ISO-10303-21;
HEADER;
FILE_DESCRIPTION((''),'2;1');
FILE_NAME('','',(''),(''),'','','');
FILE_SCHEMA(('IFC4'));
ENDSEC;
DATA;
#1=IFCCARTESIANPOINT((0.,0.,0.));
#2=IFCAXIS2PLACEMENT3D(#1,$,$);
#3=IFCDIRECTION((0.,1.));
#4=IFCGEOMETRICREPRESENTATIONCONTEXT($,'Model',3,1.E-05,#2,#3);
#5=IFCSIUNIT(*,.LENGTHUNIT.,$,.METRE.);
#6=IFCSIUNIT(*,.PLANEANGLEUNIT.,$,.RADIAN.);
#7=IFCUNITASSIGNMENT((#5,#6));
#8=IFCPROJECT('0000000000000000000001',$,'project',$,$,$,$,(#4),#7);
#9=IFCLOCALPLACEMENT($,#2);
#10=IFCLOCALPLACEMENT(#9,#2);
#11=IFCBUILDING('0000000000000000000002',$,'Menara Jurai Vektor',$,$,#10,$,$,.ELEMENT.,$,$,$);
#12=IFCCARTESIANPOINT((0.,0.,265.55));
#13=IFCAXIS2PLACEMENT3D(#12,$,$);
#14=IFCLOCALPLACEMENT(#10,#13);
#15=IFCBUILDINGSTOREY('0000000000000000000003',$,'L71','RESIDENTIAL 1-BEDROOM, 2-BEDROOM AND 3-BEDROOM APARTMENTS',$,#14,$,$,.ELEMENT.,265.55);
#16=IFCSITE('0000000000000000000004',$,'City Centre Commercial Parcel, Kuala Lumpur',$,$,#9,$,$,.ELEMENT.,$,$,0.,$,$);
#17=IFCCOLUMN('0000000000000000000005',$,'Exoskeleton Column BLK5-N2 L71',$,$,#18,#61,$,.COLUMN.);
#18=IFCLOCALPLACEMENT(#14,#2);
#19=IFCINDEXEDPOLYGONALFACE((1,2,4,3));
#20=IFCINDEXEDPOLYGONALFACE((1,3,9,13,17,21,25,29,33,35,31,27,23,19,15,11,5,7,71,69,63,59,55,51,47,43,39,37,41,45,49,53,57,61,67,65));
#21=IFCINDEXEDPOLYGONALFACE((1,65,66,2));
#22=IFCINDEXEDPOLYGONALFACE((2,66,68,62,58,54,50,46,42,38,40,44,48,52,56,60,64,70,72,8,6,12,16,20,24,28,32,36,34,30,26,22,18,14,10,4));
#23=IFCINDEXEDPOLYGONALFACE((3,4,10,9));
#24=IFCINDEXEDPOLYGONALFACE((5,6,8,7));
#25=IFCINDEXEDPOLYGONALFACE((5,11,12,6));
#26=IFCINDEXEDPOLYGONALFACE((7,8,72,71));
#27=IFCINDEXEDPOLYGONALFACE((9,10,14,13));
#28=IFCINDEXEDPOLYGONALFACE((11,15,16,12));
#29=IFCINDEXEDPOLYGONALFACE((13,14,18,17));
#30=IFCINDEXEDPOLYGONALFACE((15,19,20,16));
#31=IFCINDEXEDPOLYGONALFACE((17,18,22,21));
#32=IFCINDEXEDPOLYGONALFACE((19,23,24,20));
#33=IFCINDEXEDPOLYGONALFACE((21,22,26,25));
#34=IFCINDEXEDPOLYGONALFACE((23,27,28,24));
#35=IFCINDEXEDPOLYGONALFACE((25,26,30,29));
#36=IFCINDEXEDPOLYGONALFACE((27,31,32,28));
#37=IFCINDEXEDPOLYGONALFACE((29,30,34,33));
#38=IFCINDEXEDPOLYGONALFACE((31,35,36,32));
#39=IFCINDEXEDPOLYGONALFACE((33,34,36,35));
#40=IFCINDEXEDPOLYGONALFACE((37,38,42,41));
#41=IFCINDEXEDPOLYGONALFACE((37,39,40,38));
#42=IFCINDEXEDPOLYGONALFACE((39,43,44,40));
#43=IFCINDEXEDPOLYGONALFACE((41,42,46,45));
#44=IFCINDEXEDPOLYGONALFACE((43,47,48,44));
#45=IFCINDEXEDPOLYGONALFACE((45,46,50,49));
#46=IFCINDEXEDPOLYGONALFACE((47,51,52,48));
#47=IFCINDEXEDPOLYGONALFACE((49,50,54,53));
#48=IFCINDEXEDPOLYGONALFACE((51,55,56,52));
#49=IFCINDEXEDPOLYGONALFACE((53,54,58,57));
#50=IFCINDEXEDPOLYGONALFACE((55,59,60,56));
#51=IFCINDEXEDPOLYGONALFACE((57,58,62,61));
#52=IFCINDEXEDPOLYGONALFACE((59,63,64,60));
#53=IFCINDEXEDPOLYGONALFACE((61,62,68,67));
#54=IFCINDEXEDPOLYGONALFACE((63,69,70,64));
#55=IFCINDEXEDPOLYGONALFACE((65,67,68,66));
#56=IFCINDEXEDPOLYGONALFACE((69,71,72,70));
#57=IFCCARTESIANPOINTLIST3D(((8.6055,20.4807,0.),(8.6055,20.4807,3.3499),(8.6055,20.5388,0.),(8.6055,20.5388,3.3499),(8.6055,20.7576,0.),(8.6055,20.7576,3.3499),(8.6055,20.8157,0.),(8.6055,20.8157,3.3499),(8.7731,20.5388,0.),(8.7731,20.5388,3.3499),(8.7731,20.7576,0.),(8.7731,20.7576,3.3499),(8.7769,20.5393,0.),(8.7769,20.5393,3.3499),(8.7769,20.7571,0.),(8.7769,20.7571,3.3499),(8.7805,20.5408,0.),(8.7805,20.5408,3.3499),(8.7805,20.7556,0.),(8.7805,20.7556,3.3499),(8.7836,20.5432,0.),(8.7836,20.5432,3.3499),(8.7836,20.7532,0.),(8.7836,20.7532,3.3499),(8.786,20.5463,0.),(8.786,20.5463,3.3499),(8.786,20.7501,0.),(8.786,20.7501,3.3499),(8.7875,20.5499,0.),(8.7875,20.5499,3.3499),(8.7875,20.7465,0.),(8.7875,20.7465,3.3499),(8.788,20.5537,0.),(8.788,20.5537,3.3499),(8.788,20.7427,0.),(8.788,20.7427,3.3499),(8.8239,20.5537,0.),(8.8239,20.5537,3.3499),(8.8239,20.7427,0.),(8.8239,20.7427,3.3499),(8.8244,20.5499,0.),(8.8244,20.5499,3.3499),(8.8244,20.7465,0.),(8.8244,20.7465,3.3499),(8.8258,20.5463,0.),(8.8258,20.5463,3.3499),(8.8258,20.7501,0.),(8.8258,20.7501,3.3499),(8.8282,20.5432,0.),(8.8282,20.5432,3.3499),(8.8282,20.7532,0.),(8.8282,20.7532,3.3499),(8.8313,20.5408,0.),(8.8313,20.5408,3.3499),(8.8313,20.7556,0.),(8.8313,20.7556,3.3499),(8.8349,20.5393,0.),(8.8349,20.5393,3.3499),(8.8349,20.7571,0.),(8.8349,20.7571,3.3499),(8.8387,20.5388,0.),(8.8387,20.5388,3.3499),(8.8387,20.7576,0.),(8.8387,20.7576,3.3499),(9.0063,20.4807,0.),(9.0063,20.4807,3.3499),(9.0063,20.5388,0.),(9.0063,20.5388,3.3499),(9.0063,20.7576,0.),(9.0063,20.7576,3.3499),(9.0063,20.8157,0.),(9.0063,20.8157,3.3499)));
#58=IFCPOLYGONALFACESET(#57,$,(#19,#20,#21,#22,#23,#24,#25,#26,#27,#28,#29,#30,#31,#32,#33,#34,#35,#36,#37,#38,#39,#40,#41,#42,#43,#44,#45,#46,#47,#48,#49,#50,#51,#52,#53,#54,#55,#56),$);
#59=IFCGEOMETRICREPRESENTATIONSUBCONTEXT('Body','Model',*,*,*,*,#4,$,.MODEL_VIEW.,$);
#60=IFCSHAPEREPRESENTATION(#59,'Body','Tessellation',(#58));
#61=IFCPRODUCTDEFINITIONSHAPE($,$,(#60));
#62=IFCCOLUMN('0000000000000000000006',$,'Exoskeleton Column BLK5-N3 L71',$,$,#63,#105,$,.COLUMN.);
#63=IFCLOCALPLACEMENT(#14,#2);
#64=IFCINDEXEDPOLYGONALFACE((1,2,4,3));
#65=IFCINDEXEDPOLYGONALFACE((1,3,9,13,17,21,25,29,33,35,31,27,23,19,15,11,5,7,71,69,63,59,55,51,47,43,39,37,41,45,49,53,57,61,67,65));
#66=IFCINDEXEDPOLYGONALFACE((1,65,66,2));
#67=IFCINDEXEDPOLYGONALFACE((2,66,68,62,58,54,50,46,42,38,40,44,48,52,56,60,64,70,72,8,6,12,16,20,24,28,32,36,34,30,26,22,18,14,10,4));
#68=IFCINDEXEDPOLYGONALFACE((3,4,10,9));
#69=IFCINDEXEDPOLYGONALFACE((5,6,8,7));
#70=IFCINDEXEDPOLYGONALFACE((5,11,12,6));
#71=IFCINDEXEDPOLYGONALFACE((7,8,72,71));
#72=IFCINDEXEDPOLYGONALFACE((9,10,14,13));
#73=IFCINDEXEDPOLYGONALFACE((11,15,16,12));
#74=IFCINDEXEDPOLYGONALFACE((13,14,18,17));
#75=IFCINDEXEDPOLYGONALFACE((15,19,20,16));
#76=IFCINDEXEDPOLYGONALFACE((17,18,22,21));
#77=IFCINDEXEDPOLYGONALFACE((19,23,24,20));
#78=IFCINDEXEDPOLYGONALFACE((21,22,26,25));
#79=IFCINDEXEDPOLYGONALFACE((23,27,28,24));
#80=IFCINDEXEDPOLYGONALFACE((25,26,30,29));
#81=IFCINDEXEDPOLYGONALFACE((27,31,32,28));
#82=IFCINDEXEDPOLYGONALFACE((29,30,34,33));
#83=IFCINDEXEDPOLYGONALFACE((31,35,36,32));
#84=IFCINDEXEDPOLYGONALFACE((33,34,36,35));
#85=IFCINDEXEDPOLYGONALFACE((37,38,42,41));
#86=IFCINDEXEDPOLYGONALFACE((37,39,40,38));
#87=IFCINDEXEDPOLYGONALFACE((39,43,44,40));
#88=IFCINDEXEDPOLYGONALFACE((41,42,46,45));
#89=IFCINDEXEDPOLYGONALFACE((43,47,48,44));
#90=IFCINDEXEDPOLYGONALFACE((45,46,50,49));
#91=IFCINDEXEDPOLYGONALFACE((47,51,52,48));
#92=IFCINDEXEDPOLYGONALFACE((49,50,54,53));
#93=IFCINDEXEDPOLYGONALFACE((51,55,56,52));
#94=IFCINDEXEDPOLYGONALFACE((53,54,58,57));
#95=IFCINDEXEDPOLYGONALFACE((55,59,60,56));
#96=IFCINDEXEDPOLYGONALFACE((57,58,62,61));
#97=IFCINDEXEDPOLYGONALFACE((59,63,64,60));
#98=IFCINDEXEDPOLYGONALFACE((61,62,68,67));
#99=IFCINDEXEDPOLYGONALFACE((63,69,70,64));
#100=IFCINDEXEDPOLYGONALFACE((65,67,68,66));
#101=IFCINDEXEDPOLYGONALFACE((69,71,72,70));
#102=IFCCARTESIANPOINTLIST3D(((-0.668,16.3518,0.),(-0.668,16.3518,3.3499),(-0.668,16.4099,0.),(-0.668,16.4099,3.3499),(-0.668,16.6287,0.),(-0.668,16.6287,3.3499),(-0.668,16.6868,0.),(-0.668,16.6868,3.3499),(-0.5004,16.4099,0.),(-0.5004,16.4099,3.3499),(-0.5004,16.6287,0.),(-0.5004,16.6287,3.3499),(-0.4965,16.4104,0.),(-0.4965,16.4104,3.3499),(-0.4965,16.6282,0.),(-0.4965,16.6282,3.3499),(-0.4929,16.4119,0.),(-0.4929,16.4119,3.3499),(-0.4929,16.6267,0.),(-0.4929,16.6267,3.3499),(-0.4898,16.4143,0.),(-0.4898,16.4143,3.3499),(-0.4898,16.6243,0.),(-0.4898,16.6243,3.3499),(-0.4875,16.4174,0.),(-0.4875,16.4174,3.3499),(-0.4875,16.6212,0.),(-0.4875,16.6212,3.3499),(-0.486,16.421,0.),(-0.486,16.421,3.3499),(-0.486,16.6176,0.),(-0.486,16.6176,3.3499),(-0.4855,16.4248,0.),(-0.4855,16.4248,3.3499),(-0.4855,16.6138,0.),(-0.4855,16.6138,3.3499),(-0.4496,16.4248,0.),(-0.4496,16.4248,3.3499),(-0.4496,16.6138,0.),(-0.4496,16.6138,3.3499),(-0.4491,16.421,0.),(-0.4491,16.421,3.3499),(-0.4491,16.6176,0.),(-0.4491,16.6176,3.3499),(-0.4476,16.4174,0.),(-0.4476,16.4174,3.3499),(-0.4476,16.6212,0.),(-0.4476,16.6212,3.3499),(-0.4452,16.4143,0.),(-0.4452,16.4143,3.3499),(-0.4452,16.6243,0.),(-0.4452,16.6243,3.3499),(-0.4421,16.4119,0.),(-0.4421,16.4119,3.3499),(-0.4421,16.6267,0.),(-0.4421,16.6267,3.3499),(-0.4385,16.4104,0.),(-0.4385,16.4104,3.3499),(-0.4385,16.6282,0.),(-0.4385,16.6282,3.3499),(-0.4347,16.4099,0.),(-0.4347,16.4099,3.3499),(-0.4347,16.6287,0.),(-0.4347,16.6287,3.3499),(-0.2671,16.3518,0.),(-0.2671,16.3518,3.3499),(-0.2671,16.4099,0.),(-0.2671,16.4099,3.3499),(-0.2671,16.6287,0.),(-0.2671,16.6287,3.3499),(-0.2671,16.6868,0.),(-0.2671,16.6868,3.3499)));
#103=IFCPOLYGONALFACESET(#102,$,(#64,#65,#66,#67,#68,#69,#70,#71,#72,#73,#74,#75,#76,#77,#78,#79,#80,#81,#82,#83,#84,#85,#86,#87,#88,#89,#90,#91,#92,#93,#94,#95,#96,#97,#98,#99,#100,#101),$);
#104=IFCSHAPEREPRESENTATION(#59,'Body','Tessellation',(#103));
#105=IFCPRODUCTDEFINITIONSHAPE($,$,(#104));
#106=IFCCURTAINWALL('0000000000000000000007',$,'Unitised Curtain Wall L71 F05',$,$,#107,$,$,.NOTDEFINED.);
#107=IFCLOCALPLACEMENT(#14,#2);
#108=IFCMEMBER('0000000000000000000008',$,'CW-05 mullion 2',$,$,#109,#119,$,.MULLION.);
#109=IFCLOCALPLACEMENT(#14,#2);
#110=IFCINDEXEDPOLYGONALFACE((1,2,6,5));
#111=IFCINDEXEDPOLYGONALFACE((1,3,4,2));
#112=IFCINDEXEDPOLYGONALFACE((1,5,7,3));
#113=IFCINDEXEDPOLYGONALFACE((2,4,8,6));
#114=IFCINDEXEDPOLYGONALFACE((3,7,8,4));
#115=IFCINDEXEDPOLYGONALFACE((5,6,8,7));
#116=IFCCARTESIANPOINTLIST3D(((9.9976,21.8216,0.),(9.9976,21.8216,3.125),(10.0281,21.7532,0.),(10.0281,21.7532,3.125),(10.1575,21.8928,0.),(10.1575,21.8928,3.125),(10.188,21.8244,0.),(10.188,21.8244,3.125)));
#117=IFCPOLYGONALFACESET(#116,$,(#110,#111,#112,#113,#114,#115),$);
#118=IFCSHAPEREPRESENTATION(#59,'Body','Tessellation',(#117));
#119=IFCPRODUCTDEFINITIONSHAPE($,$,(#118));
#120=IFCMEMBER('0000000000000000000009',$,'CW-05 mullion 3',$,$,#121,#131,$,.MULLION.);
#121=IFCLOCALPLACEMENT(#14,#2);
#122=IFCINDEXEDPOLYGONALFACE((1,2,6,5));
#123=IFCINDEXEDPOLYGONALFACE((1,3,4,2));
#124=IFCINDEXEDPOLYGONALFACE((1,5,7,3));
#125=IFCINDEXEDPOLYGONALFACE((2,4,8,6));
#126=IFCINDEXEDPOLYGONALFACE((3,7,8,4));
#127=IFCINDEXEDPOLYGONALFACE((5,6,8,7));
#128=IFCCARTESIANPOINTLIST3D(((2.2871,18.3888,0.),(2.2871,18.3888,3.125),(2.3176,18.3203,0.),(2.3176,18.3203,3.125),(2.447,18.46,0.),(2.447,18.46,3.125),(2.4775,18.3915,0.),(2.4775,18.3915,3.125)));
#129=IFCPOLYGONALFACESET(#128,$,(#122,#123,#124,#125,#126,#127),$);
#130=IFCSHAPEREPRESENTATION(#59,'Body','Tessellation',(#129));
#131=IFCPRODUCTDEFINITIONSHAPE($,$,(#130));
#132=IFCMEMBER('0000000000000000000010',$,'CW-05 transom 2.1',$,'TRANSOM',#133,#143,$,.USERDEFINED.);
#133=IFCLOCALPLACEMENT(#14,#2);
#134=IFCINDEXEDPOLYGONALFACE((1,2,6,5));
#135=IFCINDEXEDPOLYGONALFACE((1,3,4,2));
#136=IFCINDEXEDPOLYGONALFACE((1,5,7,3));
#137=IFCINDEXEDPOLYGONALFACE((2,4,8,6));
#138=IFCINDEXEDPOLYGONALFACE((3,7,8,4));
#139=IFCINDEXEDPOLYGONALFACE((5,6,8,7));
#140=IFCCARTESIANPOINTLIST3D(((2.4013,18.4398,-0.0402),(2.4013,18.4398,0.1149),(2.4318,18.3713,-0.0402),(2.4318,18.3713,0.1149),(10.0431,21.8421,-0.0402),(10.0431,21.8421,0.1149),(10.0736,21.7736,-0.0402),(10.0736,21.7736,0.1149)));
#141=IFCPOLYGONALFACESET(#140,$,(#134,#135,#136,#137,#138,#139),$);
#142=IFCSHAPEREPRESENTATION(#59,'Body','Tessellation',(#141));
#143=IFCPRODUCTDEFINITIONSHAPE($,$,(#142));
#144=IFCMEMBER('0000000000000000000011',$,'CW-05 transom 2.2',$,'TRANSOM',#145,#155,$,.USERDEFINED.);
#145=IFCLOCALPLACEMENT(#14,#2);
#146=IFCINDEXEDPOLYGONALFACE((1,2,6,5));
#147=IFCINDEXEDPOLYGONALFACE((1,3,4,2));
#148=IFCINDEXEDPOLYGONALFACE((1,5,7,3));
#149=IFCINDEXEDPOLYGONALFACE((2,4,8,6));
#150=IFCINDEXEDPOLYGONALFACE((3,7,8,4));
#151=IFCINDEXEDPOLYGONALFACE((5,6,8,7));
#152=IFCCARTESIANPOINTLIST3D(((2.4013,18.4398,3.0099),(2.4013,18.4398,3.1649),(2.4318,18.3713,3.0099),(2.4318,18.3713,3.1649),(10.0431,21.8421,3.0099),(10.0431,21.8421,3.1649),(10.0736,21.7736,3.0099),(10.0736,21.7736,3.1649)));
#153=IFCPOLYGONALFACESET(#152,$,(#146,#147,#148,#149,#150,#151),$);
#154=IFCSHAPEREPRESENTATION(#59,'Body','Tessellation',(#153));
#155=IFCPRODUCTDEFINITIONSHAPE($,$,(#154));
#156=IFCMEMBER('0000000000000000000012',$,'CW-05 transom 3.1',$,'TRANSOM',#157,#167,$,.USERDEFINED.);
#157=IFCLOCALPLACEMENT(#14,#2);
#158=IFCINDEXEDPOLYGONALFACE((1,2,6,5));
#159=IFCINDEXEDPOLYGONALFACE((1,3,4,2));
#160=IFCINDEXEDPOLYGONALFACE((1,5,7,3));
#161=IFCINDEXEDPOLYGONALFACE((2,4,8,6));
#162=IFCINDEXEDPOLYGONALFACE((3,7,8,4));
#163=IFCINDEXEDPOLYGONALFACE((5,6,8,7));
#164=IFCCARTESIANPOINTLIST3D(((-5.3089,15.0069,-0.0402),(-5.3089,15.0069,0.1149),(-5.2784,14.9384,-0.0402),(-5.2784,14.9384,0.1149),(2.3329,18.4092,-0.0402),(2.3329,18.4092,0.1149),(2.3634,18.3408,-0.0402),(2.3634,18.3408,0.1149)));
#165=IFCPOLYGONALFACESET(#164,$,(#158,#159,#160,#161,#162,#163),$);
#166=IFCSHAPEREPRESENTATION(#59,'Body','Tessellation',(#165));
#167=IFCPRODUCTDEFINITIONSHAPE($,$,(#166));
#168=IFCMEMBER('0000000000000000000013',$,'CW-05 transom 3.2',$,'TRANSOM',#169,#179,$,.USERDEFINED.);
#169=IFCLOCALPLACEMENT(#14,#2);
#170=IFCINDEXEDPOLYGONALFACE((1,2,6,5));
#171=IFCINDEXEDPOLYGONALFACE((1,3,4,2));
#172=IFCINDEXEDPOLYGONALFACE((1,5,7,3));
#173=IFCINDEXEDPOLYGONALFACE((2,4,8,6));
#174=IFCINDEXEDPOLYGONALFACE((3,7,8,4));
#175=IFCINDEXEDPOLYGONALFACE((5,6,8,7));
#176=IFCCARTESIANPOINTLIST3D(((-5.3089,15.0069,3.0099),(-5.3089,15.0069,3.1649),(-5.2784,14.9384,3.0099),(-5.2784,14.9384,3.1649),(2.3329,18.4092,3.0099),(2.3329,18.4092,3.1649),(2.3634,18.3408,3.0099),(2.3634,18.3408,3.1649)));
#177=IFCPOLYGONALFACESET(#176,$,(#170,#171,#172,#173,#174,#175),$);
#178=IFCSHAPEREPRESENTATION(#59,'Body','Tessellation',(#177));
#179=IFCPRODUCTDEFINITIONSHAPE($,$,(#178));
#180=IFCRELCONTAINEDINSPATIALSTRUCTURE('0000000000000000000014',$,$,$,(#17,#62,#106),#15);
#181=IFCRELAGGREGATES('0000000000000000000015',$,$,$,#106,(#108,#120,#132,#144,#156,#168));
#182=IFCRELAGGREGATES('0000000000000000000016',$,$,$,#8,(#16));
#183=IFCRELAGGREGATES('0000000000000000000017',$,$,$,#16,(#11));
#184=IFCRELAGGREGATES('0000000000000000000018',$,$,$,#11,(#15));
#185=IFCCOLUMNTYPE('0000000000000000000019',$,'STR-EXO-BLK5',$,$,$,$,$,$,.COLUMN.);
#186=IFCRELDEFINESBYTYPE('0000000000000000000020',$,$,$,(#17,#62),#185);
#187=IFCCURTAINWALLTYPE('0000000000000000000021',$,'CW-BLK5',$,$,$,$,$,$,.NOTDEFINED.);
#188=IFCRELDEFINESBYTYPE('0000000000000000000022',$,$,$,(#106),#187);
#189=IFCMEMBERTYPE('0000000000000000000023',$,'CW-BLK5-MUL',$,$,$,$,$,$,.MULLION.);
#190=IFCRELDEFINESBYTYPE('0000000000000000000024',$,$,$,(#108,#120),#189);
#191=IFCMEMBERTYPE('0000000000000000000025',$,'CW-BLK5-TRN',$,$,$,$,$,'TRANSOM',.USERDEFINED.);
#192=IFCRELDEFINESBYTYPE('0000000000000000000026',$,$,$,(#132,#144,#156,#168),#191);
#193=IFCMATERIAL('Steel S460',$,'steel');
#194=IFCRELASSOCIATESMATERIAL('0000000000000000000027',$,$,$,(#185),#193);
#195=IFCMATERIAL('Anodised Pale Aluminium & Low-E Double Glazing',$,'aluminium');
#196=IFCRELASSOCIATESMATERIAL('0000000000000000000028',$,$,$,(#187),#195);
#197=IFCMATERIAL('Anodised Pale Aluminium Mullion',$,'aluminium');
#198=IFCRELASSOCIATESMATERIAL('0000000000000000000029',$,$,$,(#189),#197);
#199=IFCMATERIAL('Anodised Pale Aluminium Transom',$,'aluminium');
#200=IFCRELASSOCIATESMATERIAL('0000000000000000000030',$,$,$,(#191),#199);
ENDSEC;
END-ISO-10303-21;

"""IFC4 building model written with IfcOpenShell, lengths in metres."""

from ifc_helpers import new_model, si_unit, direction, frame, origin, origin_2d, place, context, subcontext, project, spatial, rectangle, i_section, extrude, material, material_profile, profile_set, type_object, element, aggregate, save


model = new_model("IFC4")

# Units and contexts
model_context = context("Model", 3, precision=1e-05, world=origin(), true_north=direction((0.0, 1.0)))
body_context = subcontext(model_context, "Body", "Model", "MODEL_VIEW")
ifc_project = project(units=[si_unit("LENGTHUNIT", "METRE"), si_unit("PLANEANGLEUNIT", "RADIAN")], contexts=[model_context])

# Site, building, storey
site_placement = place(None, origin())
site = spatial("IfcSite", under=ifc_project, at=site_placement, Name="City Centre Commercial Parcel, Kuala Lumpur", CompositionType="ELEMENT", RefElevation=0.0)
building_placement = place(site_placement, origin())
building = spatial("IfcBuilding", under=site, at=building_placement, Name="Menara Jurai Vektor", CompositionType="ELEMENT")
storey_placement = place(building_placement, frame((0.0, 0.0, 265.55)))
storey = spatial("IfcBuildingStorey", under=building, at=storey_placement, Name="L71", Description="RESIDENTIAL 1-BEDROOM, 2-BEDROOM AND 3-BEDROOM APARTMENTS", CompositionType="ELEMENT", Elevation=265.55)

# Columns
ifc_material_1 = material(Name="Steel S460", Category="steel")
ifc_material_profile_1 = material_profile(ifc_material_1, i_section(OverallWidth=0.4009, OverallDepth=0.335, WebThickness=0.0359, FlangeThickness=0.0581, FilletRadius=0.0149, at=origin_2d()), Name="HD 400x463")
ifc_profile_set_1 = profile_set([ifc_material_profile_1], Name="Steel S460")
column_type = type_object("IfcColumnType", Name="STR-EXO-BLK5", PredefinedType="COLUMN", material=ifc_profile_set_1)
for number, where, z_axis, x_axis, name in (
    (1, (8.8059, 20.6482, 0.0), (0.0, 0.0, 1.0), (1.0, 0.0, 0.0), "Exoskeleton Column BLK5-N2 L71"),
    (2, (-0.4675, 16.5193, 0.0), (0.0, 0.0, 1.0), (1.0, 0.0, 0.0), "Exoskeleton Column BLK5-N3 L71"),
):
    element("IfcColumn", number, at=place(storey_placement, frame(where, z_axis=z_axis, x_axis=x_axis)), inside=storey, type_object=column_type, Name=name, PredefinedType="COLUMN", context=body_context, shape_type="SweptSolid", body=[
        extrude(i_section(OverallWidth=0.4009, OverallDepth=0.335, WebThickness=0.0359, FlangeThickness=0.0581, FilletRadius=0.0149, at=origin_2d()), origin(), (0.0, 0.0, 1.0), 3.3499),
    ])

# Curtain wall, members
ifc_material_2 = material(Name="Anodised Pale Aluminium & Low-E Double Glazing", Category="aluminium")
curtain_wall_type = type_object("IfcCurtainWallType", Name="CW-BLK5", PredefinedType="NOTDEFINED", material=ifc_material_2)
curtain_wall_placement = place(storey_placement, origin())
curtain_wall = element("IfcCurtainWall", 3, at=curtain_wall_placement, inside=storey, type_object=curtain_wall_type, Name="Unitised Curtain Wall L71 F05", PredefinedType="NOTDEFINED")
ifc_material_3 = material(Name="Anodised Pale Aluminium Mullion", Category="aluminium")
ifc_material_profile_2 = material_profile(ifc_material_3, rectangle(XDim=0.075, YDim=0.175, at=origin_2d()), Name="ALU MUL 75x175")
ifc_profile_set_2 = profile_set([ifc_material_profile_2], Name="Anodised Pale Aluminium Mullion")
member_type_1 = type_object("IfcMemberType", Name="CW-BLK5-MUL", PredefinedType="MULLION", material=ifc_profile_set_2)
member_1_placement = place(storey_placement, frame((10.0928, 21.823, 0.0), z_axis=(0.0, 0.0, 1.0), x_axis=(0.406735, -0.913546, 0.0)))
member_1 = element("IfcMember", 4, at=member_1_placement, type_object=member_type_1, Name="CW-05 mullion 2", PredefinedType="MULLION", context=body_context, shape_type="SweptSolid", body=[
    extrude(rectangle(XDim=0.075, YDim=0.175, at=origin_2d()), origin(), (0.0, 0.0, 1.0), 3.125),
])
member_2_placement = place(storey_placement, frame((2.3823, 18.3901, 0.0), z_axis=(0.0, 0.0, 1.0), x_axis=(0.406735, -0.913546, 0.0)))
member_2 = element("IfcMember", 5, at=member_2_placement, type_object=member_type_1, Name="CW-05 mullion 3", PredefinedType="MULLION", context=body_context, shape_type="SweptSolid", body=[
    extrude(rectangle(XDim=0.075, YDim=0.175, at=origin_2d()), origin(), (0.0, 0.0, 1.0), 3.125),
])
ifc_material_4 = material(Name="Anodised Pale Aluminium Transom", Category="aluminium")
ifc_material_profile_3 = material_profile(ifc_material_4, rectangle(XDim=0.075, YDim=0.155, at=origin_2d()), Name="ALU TRN 75x155")
ifc_profile_set_3 = profile_set([ifc_material_profile_3], Name="Anodised Pale Aluminium Transom")
member_type_2 = type_object("IfcMemberType", Name="CW-BLK5-TRN", ElementType="TRANSOM", PredefinedType="USERDEFINED", material=ifc_profile_set_3)
member_3_placement = place(storey_placement, frame((10.0583, 21.8079, 0.0374), z_axis=(-0.913547, -0.406734, 0.0), x_axis=(0.406734, -0.913547, 0.0)))
member_3 = element("IfcMember", 6, at=member_3_placement, type_object=member_type_2, Name="CW-05 transom 2.1", ObjectType="TRANSOM", PredefinedType="USERDEFINED", context=body_context, shape_type="SweptSolid", body=[
    extrude(rectangle(XDim=0.075, YDim=0.155, at=origin_2d()), origin(), (0.0, 0.0, 1.0), 8.365),
])
member_4_placement = place(storey_placement, frame((10.0583, 21.8079, 3.0874), z_axis=(-0.913547, -0.406734, 0.0), x_axis=(0.406734, -0.913547, 0.0)))
member_4 = element("IfcMember", 7, at=member_4_placement, type_object=member_type_2, Name="CW-05 transom 2.2", ObjectType="TRANSOM", PredefinedType="USERDEFINED", context=body_context, shape_type="SweptSolid", body=[
    extrude(rectangle(XDim=0.075, YDim=0.155, at=origin_2d()), origin(), (0.0, 0.0, 1.0), 8.365),
])
member_5_placement = place(storey_placement, frame((2.3481, 18.375, 0.0374), z_axis=(-0.913547, -0.406734, 0.0), x_axis=(0.406734, -0.913547, 0.0)))
member_5 = element("IfcMember", 8, at=member_5_placement, type_object=member_type_2, Name="CW-05 transom 3.1", ObjectType="TRANSOM", PredefinedType="USERDEFINED", context=body_context, shape_type="SweptSolid", body=[
    extrude(rectangle(XDim=0.075, YDim=0.155, at=origin_2d()), origin(), (0.0, 0.0, 1.0), 8.365),
])
member_6_placement = place(storey_placement, frame((2.3481, 18.375, 3.0874), z_axis=(-0.913547, -0.406734, 0.0), x_axis=(0.406734, -0.913547, 0.0)))
member_6 = element("IfcMember", 9, at=member_6_placement, type_object=member_type_2, Name="CW-05 transom 3.2", ObjectType="TRANSOM", PredefinedType="USERDEFINED", context=body_context, shape_type="SweptSolid", body=[
    extrude(rectangle(XDim=0.075, YDim=0.155, at=origin_2d()), origin(), (0.0, 0.0, 1.0), 8.365),
])

aggregate(curtain_wall, [member_1, member_2, member_3, member_4, member_5, member_6])

save(model, "model.ifc")
